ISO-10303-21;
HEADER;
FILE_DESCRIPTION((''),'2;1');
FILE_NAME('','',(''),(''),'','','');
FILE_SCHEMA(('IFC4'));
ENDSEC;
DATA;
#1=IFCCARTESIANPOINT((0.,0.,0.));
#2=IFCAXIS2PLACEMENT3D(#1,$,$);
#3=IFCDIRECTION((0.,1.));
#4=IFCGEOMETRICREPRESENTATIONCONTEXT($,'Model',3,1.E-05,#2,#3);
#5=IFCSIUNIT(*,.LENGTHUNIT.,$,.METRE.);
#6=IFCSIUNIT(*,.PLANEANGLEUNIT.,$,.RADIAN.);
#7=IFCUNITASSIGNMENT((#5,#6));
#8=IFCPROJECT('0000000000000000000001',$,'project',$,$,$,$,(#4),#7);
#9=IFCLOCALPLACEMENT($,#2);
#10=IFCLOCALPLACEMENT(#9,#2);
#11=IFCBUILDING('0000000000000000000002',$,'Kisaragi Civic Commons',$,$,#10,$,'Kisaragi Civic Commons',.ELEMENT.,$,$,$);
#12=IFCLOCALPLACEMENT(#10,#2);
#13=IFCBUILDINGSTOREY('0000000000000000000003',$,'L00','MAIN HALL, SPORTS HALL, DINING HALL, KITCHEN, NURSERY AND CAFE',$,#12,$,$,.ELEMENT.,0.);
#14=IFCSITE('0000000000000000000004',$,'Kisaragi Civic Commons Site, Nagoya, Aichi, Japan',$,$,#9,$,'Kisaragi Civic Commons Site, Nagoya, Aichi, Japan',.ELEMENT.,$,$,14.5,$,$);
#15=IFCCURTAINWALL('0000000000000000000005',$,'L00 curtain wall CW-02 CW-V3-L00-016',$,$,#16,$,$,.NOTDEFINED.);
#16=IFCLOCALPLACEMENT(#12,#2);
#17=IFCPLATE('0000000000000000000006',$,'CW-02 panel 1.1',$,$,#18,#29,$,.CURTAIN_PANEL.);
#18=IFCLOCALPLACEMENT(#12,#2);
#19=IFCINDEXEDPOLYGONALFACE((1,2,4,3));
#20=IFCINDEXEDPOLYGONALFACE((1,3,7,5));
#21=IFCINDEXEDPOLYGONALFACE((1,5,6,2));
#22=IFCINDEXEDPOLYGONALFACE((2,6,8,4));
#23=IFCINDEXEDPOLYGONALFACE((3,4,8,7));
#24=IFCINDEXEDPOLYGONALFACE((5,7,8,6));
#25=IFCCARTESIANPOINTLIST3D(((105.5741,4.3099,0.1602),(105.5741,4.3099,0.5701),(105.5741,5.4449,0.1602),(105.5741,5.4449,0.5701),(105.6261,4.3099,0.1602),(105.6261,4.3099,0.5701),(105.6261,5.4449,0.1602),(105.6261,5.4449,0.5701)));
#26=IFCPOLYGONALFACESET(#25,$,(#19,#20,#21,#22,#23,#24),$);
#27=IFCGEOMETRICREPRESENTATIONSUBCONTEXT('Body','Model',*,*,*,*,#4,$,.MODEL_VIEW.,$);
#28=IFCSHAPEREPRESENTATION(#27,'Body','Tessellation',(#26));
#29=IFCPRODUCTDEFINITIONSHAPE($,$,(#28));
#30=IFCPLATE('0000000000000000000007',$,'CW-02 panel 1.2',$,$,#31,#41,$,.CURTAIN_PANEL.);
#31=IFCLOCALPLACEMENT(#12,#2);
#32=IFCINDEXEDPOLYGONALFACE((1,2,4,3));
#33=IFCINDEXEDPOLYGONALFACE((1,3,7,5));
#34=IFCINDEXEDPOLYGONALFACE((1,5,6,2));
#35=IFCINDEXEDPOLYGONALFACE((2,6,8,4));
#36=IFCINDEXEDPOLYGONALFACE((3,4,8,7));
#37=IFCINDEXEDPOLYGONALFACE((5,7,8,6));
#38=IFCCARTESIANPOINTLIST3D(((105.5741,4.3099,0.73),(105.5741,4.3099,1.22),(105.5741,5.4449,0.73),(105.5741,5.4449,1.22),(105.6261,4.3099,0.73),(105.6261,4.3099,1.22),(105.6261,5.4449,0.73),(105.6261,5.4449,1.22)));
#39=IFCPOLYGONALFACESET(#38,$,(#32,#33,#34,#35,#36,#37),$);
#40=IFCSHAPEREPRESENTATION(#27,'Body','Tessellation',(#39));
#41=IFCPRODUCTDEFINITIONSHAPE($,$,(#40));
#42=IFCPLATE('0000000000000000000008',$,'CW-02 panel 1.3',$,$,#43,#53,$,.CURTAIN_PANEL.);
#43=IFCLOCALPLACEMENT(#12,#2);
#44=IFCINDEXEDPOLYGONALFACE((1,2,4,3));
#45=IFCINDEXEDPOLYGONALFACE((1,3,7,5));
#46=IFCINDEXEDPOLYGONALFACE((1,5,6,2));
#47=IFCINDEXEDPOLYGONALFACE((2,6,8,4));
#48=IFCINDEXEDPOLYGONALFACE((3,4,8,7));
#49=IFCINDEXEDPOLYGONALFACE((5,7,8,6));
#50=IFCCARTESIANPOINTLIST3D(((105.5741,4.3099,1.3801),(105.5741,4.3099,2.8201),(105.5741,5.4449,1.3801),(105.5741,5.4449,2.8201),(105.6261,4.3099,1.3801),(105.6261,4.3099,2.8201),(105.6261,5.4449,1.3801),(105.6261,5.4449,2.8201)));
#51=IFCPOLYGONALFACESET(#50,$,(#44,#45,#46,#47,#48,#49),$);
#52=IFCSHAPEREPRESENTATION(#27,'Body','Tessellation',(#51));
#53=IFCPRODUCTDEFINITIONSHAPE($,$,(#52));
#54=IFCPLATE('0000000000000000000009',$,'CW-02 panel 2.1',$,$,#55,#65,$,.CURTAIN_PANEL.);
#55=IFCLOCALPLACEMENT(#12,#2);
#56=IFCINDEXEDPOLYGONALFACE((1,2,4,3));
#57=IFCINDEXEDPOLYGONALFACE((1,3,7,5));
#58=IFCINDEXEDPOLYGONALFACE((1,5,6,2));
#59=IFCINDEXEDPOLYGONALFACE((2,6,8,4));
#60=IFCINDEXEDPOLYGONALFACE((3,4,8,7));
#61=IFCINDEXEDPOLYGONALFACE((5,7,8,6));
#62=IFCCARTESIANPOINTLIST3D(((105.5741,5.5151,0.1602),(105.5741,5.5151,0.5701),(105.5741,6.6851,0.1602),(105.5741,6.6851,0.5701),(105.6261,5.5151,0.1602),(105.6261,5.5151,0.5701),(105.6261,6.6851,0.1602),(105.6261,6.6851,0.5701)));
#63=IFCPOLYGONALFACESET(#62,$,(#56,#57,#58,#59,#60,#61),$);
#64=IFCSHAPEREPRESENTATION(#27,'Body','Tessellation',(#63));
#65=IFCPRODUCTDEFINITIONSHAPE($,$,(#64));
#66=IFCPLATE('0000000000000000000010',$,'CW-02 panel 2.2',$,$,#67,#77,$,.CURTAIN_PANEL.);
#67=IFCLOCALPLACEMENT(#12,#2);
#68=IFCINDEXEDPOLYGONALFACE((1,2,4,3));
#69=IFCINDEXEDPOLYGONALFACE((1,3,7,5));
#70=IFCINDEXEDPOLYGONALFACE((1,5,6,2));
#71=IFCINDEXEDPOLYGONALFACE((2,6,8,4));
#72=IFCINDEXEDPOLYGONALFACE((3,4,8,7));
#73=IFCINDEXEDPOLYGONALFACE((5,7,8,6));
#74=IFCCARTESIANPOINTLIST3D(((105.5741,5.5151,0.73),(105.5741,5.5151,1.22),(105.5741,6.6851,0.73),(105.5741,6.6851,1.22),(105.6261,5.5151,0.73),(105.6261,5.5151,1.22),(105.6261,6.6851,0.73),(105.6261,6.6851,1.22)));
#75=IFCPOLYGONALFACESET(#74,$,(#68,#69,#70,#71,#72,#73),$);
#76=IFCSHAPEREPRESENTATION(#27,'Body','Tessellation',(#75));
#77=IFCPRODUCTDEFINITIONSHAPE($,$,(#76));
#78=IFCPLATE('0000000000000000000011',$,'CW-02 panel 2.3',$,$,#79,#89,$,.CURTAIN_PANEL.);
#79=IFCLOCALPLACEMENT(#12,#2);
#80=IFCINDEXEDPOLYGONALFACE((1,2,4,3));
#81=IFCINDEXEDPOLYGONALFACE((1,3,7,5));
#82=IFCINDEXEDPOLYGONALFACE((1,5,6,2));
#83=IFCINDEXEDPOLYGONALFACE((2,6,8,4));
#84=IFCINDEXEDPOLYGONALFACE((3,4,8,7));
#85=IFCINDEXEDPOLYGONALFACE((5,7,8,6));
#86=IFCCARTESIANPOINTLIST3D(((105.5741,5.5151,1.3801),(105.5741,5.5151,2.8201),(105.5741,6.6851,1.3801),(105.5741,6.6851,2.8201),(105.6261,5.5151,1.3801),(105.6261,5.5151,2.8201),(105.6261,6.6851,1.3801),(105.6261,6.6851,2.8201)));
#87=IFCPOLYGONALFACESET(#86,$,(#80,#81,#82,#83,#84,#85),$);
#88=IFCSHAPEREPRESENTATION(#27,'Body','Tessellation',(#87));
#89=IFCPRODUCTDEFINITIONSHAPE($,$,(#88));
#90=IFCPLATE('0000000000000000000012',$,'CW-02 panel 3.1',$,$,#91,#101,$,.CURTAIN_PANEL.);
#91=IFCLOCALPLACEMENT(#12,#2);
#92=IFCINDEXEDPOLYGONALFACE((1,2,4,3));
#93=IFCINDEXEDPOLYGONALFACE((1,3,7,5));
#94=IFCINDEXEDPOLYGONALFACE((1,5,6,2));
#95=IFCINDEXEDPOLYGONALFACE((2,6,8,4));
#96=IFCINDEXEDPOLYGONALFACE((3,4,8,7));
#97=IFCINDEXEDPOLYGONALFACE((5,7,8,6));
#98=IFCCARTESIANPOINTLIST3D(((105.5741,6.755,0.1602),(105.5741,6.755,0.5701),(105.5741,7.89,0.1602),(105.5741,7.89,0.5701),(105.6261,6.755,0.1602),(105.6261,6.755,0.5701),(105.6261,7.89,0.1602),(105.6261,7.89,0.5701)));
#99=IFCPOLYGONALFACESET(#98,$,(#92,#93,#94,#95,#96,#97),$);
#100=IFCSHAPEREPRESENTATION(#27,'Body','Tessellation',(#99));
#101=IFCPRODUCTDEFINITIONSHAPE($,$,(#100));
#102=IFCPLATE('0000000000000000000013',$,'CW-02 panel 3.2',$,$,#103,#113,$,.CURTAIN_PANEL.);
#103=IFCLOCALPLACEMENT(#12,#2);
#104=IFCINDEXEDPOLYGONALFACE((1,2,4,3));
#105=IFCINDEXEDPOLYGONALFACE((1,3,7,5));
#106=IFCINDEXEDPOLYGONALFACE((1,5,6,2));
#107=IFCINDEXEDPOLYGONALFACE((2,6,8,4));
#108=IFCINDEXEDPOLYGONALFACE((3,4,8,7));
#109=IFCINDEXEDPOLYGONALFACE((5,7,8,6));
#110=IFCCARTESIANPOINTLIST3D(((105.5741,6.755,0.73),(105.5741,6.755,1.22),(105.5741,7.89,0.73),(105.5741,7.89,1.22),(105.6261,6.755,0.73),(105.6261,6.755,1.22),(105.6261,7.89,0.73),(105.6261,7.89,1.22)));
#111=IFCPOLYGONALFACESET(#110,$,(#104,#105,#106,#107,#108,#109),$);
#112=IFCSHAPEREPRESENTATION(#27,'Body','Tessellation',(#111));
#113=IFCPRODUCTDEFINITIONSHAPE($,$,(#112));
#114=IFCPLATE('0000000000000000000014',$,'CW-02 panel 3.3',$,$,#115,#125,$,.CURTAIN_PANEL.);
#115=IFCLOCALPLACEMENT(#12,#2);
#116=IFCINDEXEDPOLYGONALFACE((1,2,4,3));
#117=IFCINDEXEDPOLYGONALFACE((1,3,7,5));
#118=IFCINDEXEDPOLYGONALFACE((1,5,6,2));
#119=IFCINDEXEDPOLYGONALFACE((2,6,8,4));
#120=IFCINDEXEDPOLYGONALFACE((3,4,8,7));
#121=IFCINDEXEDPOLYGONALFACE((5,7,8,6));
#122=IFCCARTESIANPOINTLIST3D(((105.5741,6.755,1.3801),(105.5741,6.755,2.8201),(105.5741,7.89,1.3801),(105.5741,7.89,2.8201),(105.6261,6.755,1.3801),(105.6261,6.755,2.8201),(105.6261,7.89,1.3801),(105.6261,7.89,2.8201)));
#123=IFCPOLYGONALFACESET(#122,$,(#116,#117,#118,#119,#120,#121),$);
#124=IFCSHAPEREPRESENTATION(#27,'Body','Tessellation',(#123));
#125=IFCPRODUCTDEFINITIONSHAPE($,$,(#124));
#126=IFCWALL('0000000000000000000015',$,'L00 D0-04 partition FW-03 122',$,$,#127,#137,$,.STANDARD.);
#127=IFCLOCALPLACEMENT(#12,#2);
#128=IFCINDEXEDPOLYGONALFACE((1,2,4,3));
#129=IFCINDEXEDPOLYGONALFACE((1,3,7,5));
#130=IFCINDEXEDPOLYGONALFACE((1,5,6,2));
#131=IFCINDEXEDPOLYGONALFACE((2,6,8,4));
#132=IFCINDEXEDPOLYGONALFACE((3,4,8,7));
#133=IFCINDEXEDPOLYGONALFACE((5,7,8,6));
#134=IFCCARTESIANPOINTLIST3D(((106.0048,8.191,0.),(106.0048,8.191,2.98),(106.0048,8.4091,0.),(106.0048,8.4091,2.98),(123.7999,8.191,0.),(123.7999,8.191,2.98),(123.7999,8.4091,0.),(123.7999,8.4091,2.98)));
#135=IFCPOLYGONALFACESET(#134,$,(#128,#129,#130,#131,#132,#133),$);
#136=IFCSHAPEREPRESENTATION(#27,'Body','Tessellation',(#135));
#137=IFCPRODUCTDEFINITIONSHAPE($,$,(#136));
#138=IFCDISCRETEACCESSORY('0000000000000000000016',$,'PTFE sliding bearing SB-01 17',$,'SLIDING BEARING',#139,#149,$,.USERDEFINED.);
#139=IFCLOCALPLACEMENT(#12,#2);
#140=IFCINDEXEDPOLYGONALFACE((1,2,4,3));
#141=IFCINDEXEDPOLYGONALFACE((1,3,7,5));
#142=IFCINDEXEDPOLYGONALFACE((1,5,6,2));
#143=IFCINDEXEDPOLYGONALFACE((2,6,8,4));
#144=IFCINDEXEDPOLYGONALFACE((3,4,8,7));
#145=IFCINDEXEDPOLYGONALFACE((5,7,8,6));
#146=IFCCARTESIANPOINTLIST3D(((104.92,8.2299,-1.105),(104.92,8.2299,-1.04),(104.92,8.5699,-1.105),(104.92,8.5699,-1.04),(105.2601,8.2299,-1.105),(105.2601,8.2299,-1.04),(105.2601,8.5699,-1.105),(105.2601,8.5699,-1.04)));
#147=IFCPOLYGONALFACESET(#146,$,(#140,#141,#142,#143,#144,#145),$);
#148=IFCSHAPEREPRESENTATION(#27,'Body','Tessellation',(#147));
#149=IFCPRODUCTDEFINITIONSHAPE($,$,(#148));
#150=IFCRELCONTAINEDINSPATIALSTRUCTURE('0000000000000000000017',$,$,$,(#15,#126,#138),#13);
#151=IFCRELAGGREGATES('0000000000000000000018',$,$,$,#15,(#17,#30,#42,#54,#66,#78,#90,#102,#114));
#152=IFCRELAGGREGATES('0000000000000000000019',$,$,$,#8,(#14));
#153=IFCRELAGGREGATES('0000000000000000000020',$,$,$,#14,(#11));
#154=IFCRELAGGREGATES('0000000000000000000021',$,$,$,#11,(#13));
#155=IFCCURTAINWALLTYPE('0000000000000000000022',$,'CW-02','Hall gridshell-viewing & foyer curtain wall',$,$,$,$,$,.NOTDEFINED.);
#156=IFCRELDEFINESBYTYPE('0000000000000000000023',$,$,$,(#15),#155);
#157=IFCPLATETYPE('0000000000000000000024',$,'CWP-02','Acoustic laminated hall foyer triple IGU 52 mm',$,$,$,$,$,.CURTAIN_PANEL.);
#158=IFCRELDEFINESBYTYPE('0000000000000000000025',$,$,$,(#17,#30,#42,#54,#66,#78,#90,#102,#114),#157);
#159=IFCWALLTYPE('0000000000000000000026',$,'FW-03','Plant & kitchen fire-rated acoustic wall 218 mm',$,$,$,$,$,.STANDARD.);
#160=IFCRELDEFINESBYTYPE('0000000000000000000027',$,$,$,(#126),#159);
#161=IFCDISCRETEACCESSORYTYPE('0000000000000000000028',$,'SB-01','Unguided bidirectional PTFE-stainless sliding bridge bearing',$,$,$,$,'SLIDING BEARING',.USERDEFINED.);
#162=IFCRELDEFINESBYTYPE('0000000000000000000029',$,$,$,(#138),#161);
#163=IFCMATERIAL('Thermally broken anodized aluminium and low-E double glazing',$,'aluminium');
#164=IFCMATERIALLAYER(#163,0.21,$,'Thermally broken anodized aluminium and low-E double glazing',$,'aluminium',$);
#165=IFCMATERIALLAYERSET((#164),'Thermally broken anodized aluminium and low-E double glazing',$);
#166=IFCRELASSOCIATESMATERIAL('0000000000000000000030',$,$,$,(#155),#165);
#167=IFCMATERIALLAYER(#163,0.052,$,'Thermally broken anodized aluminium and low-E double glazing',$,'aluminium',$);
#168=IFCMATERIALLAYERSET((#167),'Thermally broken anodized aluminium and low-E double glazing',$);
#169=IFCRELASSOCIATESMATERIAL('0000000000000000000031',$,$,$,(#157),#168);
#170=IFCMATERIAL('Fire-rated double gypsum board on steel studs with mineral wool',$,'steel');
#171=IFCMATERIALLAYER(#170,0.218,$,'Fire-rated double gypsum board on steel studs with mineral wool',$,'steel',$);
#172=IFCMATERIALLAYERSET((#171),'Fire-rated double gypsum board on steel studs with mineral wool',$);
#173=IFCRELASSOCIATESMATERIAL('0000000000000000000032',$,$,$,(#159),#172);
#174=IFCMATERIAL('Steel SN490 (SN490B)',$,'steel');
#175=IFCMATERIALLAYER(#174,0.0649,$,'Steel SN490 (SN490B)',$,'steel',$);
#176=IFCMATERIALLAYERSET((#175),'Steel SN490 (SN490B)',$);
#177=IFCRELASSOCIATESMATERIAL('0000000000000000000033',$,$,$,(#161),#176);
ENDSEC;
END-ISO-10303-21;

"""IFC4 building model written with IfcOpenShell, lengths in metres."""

from ifc_helpers import new_model, si_unit, direction, frame, frame_2d, origin, origin_2d, place, context, subcontext, project, spatial, rectangle, extrude, material, layer, layer_set, type_object, element, aggregate, save


model = new_model("IFC4")

# Units and contexts
model_context = context("Model", 3, precision=1e-05, world=origin(), true_north=direction((0.0, 1.0)))
body_context = subcontext(model_context, "Body", "Model", "MODEL_VIEW")
ifc_project = project(units=[si_unit("LENGTHUNIT", "METRE"), si_unit("PLANEANGLEUNIT", "RADIAN")], contexts=[model_context])

# Site, building, storey
site_placement = place(None, origin())
site = spatial("IfcSite", under=ifc_project, at=site_placement, Name="Kisaragi Civic Commons Site, Nagoya, Aichi, Japan", LongName="Kisaragi Civic Commons Site, Nagoya, Aichi, Japan", CompositionType="ELEMENT", RefElevation=14.5)
building_placement = place(site_placement, origin())
building = spatial("IfcBuilding", under=site, at=building_placement, Name="Kisaragi Civic Commons", LongName="Kisaragi Civic Commons", CompositionType="ELEMENT")
storey_placement = place(building_placement, origin())
storey = spatial("IfcBuildingStorey", under=building, at=storey_placement, Name="L00", Description="MAIN HALL, SPORTS HALL, DINING HALL, KITCHEN, NURSERY AND CAFE", CompositionType="ELEMENT", Elevation=0.0)

# Curtain wall
ifc_material_1 = material(Name="Thermally broken anodized aluminium and low-E double glazing", Category="aluminium")
ifc_layer_1 = layer(ifc_material_1, 0.21, Name="Thermally broken anodized aluminium and low-E double glazing", Category="aluminium")
ifc_layer_set_1 = layer_set([ifc_layer_1], Name="Thermally broken anodized aluminium and low-E double glazing")
curtain_wall_type = type_object("IfcCurtainWallType", Name="CW-02", Description="Hall gridshell-viewing & foyer curtain wall", PredefinedType="NOTDEFINED", material=ifc_layer_set_1)
curtain_wall_1_placement = place(storey_placement, origin())
curtain_wall_1 = element("IfcCurtainWall", 1, at=curtain_wall_1_placement, inside=storey, type_object=curtain_wall_type, Name="L00 curtain wall CW-02 CW-V3-L00-016", PredefinedType="NOTDEFINED")

# Shared definitions
ifc_material_2 = material(Name="Steel SN490 (SN490B)", Category="steel")

# Plates
ifc_layer_2 = layer(ifc_material_1, 0.052, Name="Thermally broken anodized aluminium and low-E double glazing", Category="aluminium")
ifc_layer_set_2 = layer_set([ifc_layer_2], Name="Thermally broken anodized aluminium and low-E double glazing")
plate_type = type_object("IfcPlateType", Name="CWP-02", Description="Acoustic laminated hall foyer triple IGU 52 mm", PredefinedType="CURTAIN_PANEL", material=ifc_layer_set_2)
plate_1_placement = place(storey_placement, frame((105.6001, 4.8774, 0.1602), z_axis=(0.0, 0.0, 1.0), x_axis=(0.0, 1.0, 0.0)))
plate_1 = element("IfcPlate", 2, at=plate_1_placement, type_object=plate_type, Name="CW-02 panel 1.1", PredefinedType="CURTAIN_PANEL", context=body_context, shape_type="SweptSolid", body=[
    extrude(rectangle(XDim=1.135, YDim=0.052, at=origin_2d()), origin(), (0.0, 0.0, 1.0), 0.4099),
])
plate_2_placement = place(storey_placement, frame((105.6001, 4.8774, 0.73), z_axis=(0.0, 0.0, 1.0), x_axis=(0.0, 1.0, 0.0)))
plate_2 = element("IfcPlate", 3, at=plate_2_placement, type_object=plate_type, Name="CW-02 panel 1.2", PredefinedType="CURTAIN_PANEL", context=body_context, shape_type="SweptSolid", body=[
    extrude(rectangle(XDim=1.135, YDim=0.052, at=origin_2d()), origin(), (0.0, 0.0, 1.0), 0.49),
])
plate_3_placement = place(storey_placement, frame((105.6001, 4.8774, 1.3801), z_axis=(0.0, 0.0, 1.0), x_axis=(0.0, 1.0, 0.0)))
plate_3 = element("IfcPlate", 4, at=plate_3_placement, type_object=plate_type, Name="CW-02 panel 1.3", PredefinedType="CURTAIN_PANEL", context=body_context, shape_type="SweptSolid", body=[
    extrude(rectangle(XDim=1.135, YDim=0.052, at=origin_2d()), origin(), (0.0, 0.0, 1.0), 1.4399),
])
plate_4_placement = place(storey_placement, frame((105.6001, 6.1001, 0.1602), z_axis=(0.0, 0.0, 1.0), x_axis=(0.0, 1.0, 0.0)))
plate_4 = element("IfcPlate", 5, at=plate_4_placement, type_object=plate_type, Name="CW-02 panel 2.1", PredefinedType="CURTAIN_PANEL", context=body_context, shape_type="SweptSolid", body=[
    extrude(rectangle(XDim=1.1699, YDim=0.052, at=origin_2d()), origin(), (0.0, 0.0, 1.0), 0.4099),
])
plate_5_placement = place(storey_placement, frame((105.6001, 6.1001, 0.73), z_axis=(0.0, 0.0, 1.0), x_axis=(0.0, 1.0, 0.0)))
plate_5 = element("IfcPlate", 6, at=plate_5_placement, type_object=plate_type, Name="CW-02 panel 2.2", PredefinedType="CURTAIN_PANEL", context=body_context, shape_type="SweptSolid", body=[
    extrude(rectangle(XDim=1.1699, YDim=0.052, at=origin_2d()), origin(), (0.0, 0.0, 1.0), 0.49),
])
plate_6_placement = place(storey_placement, frame((105.6001, 6.1001, 1.3801), z_axis=(0.0, 0.0, 1.0), x_axis=(0.0, 1.0, 0.0)))
plate_6 = element("IfcPlate", 7, at=plate_6_placement, type_object=plate_type, Name="CW-02 panel 2.3", PredefinedType="CURTAIN_PANEL", context=body_context, shape_type="SweptSolid", body=[
    extrude(rectangle(XDim=1.1699, YDim=0.052, at=origin_2d()), origin(), (0.0, 0.0, 1.0), 1.4399),
])
plate_7_placement = place(storey_placement, frame((105.6001, 7.3225, 0.1602), z_axis=(0.0, 0.0, 1.0), x_axis=(0.0, 1.0, 0.0)))
plate_7 = element("IfcPlate", 8, at=plate_7_placement, type_object=plate_type, Name="CW-02 panel 3.1", PredefinedType="CURTAIN_PANEL", context=body_context, shape_type="SweptSolid", body=[
    extrude(rectangle(XDim=1.135, YDim=0.052, at=origin_2d()), origin(), (0.0, 0.0, 1.0), 0.4099),
])
plate_8_placement = place(storey_placement, frame((105.6001, 7.3225, 0.73), z_axis=(0.0, 0.0, 1.0), x_axis=(0.0, 1.0, 0.0)))
plate_8 = element("IfcPlate", 9, at=plate_8_placement, type_object=plate_type, Name="CW-02 panel 3.2", PredefinedType="CURTAIN_PANEL", context=body_context, shape_type="SweptSolid", body=[
    extrude(rectangle(XDim=1.135, YDim=0.052, at=origin_2d()), origin(), (0.0, 0.0, 1.0), 0.49),
])
plate_9_placement = place(storey_placement, frame((105.6001, 7.3225, 1.3801), z_axis=(0.0, 0.0, 1.0), x_axis=(0.0, 1.0, 0.0)))
plate_9 = element("IfcPlate", 10, at=plate_9_placement, type_object=plate_type, Name="CW-02 panel 3.3", PredefinedType="CURTAIN_PANEL", context=body_context, shape_type="SweptSolid", body=[
    extrude(rectangle(XDim=1.135, YDim=0.052, at=origin_2d()), origin(), (0.0, 0.0, 1.0), 1.4399),
])
aggregate(curtain_wall_1, [plate_1, plate_2, plate_3, plate_4, plate_5, plate_6, plate_7, plate_8, plate_9])

# Wall
ifc_material_3 = material(Name="Fire-rated double gypsum board on steel studs with mineral wool", Category="steel")
ifc_layer_3 = layer(ifc_material_3, 0.218, Name="Fire-rated double gypsum board on steel studs with mineral wool", Category="steel")
ifc_layer_set_3 = layer_set([ifc_layer_3], Name="Fire-rated double gypsum board on steel studs with mineral wool")
wall_type = type_object("IfcWallType", Name="FW-03", Description="Plant & kitchen fire-rated acoustic wall 218 mm", PredefinedType="STANDARD", material=ifc_layer_set_3)
wall_placement = place(storey_placement, frame((106.0049, 8.3, 0.0), z_axis=(0.0, 0.0, 1.0), x_axis=(1.0, 0.0, 0.0)))
element("IfcWall", 11, at=wall_placement, inside=storey, type_object=wall_type, Name="L00 D0-04 partition FW-03 122", PredefinedType="STANDARD", context=body_context, shape_type="SweptSolid", body=[
    extrude(rectangle(XDim=17.7952, YDim=0.218, at=frame_2d((8.8975, 0.0))), origin(), (0.0, 0.0, 1.0), 2.98),
])

# Discrete accessory
ifc_layer_4 = layer(ifc_material_2, 0.0649, Name="Steel SN490 (SN490B)", Category="steel")
ifc_layer_set_4 = layer_set([ifc_layer_4], Name="Steel SN490 (SN490B)")
discrete_accessory_type = type_object("IfcDiscreteAccessoryType", Name="SB-01", Description="Unguided bidirectional PTFE-stainless sliding bridge bearing", ElementType="SLIDING BEARING", PredefinedType="USERDEFINED", material=ifc_layer_set_4)
discrete_accessory_placement = place(storey_placement, frame((105.0901, 8.3999, -1.105), z_axis=(0.0, 0.0, 1.0), x_axis=(1.0, 0.0, 0.0)))
element("IfcDiscreteAccessory", 12, at=discrete_accessory_placement, inside=storey, type_object=discrete_accessory_type, Name="PTFE sliding bearing SB-01 17", ObjectType="SLIDING BEARING", PredefinedType="USERDEFINED", context=body_context, shape_type="SweptSolid", body=[
    extrude(rectangle(XDim=0.3401, YDim=0.3401, at=origin_2d()), origin(), (0.0, 0.0, 1.0), 0.0649),
])

save(model, "model.ifc")
